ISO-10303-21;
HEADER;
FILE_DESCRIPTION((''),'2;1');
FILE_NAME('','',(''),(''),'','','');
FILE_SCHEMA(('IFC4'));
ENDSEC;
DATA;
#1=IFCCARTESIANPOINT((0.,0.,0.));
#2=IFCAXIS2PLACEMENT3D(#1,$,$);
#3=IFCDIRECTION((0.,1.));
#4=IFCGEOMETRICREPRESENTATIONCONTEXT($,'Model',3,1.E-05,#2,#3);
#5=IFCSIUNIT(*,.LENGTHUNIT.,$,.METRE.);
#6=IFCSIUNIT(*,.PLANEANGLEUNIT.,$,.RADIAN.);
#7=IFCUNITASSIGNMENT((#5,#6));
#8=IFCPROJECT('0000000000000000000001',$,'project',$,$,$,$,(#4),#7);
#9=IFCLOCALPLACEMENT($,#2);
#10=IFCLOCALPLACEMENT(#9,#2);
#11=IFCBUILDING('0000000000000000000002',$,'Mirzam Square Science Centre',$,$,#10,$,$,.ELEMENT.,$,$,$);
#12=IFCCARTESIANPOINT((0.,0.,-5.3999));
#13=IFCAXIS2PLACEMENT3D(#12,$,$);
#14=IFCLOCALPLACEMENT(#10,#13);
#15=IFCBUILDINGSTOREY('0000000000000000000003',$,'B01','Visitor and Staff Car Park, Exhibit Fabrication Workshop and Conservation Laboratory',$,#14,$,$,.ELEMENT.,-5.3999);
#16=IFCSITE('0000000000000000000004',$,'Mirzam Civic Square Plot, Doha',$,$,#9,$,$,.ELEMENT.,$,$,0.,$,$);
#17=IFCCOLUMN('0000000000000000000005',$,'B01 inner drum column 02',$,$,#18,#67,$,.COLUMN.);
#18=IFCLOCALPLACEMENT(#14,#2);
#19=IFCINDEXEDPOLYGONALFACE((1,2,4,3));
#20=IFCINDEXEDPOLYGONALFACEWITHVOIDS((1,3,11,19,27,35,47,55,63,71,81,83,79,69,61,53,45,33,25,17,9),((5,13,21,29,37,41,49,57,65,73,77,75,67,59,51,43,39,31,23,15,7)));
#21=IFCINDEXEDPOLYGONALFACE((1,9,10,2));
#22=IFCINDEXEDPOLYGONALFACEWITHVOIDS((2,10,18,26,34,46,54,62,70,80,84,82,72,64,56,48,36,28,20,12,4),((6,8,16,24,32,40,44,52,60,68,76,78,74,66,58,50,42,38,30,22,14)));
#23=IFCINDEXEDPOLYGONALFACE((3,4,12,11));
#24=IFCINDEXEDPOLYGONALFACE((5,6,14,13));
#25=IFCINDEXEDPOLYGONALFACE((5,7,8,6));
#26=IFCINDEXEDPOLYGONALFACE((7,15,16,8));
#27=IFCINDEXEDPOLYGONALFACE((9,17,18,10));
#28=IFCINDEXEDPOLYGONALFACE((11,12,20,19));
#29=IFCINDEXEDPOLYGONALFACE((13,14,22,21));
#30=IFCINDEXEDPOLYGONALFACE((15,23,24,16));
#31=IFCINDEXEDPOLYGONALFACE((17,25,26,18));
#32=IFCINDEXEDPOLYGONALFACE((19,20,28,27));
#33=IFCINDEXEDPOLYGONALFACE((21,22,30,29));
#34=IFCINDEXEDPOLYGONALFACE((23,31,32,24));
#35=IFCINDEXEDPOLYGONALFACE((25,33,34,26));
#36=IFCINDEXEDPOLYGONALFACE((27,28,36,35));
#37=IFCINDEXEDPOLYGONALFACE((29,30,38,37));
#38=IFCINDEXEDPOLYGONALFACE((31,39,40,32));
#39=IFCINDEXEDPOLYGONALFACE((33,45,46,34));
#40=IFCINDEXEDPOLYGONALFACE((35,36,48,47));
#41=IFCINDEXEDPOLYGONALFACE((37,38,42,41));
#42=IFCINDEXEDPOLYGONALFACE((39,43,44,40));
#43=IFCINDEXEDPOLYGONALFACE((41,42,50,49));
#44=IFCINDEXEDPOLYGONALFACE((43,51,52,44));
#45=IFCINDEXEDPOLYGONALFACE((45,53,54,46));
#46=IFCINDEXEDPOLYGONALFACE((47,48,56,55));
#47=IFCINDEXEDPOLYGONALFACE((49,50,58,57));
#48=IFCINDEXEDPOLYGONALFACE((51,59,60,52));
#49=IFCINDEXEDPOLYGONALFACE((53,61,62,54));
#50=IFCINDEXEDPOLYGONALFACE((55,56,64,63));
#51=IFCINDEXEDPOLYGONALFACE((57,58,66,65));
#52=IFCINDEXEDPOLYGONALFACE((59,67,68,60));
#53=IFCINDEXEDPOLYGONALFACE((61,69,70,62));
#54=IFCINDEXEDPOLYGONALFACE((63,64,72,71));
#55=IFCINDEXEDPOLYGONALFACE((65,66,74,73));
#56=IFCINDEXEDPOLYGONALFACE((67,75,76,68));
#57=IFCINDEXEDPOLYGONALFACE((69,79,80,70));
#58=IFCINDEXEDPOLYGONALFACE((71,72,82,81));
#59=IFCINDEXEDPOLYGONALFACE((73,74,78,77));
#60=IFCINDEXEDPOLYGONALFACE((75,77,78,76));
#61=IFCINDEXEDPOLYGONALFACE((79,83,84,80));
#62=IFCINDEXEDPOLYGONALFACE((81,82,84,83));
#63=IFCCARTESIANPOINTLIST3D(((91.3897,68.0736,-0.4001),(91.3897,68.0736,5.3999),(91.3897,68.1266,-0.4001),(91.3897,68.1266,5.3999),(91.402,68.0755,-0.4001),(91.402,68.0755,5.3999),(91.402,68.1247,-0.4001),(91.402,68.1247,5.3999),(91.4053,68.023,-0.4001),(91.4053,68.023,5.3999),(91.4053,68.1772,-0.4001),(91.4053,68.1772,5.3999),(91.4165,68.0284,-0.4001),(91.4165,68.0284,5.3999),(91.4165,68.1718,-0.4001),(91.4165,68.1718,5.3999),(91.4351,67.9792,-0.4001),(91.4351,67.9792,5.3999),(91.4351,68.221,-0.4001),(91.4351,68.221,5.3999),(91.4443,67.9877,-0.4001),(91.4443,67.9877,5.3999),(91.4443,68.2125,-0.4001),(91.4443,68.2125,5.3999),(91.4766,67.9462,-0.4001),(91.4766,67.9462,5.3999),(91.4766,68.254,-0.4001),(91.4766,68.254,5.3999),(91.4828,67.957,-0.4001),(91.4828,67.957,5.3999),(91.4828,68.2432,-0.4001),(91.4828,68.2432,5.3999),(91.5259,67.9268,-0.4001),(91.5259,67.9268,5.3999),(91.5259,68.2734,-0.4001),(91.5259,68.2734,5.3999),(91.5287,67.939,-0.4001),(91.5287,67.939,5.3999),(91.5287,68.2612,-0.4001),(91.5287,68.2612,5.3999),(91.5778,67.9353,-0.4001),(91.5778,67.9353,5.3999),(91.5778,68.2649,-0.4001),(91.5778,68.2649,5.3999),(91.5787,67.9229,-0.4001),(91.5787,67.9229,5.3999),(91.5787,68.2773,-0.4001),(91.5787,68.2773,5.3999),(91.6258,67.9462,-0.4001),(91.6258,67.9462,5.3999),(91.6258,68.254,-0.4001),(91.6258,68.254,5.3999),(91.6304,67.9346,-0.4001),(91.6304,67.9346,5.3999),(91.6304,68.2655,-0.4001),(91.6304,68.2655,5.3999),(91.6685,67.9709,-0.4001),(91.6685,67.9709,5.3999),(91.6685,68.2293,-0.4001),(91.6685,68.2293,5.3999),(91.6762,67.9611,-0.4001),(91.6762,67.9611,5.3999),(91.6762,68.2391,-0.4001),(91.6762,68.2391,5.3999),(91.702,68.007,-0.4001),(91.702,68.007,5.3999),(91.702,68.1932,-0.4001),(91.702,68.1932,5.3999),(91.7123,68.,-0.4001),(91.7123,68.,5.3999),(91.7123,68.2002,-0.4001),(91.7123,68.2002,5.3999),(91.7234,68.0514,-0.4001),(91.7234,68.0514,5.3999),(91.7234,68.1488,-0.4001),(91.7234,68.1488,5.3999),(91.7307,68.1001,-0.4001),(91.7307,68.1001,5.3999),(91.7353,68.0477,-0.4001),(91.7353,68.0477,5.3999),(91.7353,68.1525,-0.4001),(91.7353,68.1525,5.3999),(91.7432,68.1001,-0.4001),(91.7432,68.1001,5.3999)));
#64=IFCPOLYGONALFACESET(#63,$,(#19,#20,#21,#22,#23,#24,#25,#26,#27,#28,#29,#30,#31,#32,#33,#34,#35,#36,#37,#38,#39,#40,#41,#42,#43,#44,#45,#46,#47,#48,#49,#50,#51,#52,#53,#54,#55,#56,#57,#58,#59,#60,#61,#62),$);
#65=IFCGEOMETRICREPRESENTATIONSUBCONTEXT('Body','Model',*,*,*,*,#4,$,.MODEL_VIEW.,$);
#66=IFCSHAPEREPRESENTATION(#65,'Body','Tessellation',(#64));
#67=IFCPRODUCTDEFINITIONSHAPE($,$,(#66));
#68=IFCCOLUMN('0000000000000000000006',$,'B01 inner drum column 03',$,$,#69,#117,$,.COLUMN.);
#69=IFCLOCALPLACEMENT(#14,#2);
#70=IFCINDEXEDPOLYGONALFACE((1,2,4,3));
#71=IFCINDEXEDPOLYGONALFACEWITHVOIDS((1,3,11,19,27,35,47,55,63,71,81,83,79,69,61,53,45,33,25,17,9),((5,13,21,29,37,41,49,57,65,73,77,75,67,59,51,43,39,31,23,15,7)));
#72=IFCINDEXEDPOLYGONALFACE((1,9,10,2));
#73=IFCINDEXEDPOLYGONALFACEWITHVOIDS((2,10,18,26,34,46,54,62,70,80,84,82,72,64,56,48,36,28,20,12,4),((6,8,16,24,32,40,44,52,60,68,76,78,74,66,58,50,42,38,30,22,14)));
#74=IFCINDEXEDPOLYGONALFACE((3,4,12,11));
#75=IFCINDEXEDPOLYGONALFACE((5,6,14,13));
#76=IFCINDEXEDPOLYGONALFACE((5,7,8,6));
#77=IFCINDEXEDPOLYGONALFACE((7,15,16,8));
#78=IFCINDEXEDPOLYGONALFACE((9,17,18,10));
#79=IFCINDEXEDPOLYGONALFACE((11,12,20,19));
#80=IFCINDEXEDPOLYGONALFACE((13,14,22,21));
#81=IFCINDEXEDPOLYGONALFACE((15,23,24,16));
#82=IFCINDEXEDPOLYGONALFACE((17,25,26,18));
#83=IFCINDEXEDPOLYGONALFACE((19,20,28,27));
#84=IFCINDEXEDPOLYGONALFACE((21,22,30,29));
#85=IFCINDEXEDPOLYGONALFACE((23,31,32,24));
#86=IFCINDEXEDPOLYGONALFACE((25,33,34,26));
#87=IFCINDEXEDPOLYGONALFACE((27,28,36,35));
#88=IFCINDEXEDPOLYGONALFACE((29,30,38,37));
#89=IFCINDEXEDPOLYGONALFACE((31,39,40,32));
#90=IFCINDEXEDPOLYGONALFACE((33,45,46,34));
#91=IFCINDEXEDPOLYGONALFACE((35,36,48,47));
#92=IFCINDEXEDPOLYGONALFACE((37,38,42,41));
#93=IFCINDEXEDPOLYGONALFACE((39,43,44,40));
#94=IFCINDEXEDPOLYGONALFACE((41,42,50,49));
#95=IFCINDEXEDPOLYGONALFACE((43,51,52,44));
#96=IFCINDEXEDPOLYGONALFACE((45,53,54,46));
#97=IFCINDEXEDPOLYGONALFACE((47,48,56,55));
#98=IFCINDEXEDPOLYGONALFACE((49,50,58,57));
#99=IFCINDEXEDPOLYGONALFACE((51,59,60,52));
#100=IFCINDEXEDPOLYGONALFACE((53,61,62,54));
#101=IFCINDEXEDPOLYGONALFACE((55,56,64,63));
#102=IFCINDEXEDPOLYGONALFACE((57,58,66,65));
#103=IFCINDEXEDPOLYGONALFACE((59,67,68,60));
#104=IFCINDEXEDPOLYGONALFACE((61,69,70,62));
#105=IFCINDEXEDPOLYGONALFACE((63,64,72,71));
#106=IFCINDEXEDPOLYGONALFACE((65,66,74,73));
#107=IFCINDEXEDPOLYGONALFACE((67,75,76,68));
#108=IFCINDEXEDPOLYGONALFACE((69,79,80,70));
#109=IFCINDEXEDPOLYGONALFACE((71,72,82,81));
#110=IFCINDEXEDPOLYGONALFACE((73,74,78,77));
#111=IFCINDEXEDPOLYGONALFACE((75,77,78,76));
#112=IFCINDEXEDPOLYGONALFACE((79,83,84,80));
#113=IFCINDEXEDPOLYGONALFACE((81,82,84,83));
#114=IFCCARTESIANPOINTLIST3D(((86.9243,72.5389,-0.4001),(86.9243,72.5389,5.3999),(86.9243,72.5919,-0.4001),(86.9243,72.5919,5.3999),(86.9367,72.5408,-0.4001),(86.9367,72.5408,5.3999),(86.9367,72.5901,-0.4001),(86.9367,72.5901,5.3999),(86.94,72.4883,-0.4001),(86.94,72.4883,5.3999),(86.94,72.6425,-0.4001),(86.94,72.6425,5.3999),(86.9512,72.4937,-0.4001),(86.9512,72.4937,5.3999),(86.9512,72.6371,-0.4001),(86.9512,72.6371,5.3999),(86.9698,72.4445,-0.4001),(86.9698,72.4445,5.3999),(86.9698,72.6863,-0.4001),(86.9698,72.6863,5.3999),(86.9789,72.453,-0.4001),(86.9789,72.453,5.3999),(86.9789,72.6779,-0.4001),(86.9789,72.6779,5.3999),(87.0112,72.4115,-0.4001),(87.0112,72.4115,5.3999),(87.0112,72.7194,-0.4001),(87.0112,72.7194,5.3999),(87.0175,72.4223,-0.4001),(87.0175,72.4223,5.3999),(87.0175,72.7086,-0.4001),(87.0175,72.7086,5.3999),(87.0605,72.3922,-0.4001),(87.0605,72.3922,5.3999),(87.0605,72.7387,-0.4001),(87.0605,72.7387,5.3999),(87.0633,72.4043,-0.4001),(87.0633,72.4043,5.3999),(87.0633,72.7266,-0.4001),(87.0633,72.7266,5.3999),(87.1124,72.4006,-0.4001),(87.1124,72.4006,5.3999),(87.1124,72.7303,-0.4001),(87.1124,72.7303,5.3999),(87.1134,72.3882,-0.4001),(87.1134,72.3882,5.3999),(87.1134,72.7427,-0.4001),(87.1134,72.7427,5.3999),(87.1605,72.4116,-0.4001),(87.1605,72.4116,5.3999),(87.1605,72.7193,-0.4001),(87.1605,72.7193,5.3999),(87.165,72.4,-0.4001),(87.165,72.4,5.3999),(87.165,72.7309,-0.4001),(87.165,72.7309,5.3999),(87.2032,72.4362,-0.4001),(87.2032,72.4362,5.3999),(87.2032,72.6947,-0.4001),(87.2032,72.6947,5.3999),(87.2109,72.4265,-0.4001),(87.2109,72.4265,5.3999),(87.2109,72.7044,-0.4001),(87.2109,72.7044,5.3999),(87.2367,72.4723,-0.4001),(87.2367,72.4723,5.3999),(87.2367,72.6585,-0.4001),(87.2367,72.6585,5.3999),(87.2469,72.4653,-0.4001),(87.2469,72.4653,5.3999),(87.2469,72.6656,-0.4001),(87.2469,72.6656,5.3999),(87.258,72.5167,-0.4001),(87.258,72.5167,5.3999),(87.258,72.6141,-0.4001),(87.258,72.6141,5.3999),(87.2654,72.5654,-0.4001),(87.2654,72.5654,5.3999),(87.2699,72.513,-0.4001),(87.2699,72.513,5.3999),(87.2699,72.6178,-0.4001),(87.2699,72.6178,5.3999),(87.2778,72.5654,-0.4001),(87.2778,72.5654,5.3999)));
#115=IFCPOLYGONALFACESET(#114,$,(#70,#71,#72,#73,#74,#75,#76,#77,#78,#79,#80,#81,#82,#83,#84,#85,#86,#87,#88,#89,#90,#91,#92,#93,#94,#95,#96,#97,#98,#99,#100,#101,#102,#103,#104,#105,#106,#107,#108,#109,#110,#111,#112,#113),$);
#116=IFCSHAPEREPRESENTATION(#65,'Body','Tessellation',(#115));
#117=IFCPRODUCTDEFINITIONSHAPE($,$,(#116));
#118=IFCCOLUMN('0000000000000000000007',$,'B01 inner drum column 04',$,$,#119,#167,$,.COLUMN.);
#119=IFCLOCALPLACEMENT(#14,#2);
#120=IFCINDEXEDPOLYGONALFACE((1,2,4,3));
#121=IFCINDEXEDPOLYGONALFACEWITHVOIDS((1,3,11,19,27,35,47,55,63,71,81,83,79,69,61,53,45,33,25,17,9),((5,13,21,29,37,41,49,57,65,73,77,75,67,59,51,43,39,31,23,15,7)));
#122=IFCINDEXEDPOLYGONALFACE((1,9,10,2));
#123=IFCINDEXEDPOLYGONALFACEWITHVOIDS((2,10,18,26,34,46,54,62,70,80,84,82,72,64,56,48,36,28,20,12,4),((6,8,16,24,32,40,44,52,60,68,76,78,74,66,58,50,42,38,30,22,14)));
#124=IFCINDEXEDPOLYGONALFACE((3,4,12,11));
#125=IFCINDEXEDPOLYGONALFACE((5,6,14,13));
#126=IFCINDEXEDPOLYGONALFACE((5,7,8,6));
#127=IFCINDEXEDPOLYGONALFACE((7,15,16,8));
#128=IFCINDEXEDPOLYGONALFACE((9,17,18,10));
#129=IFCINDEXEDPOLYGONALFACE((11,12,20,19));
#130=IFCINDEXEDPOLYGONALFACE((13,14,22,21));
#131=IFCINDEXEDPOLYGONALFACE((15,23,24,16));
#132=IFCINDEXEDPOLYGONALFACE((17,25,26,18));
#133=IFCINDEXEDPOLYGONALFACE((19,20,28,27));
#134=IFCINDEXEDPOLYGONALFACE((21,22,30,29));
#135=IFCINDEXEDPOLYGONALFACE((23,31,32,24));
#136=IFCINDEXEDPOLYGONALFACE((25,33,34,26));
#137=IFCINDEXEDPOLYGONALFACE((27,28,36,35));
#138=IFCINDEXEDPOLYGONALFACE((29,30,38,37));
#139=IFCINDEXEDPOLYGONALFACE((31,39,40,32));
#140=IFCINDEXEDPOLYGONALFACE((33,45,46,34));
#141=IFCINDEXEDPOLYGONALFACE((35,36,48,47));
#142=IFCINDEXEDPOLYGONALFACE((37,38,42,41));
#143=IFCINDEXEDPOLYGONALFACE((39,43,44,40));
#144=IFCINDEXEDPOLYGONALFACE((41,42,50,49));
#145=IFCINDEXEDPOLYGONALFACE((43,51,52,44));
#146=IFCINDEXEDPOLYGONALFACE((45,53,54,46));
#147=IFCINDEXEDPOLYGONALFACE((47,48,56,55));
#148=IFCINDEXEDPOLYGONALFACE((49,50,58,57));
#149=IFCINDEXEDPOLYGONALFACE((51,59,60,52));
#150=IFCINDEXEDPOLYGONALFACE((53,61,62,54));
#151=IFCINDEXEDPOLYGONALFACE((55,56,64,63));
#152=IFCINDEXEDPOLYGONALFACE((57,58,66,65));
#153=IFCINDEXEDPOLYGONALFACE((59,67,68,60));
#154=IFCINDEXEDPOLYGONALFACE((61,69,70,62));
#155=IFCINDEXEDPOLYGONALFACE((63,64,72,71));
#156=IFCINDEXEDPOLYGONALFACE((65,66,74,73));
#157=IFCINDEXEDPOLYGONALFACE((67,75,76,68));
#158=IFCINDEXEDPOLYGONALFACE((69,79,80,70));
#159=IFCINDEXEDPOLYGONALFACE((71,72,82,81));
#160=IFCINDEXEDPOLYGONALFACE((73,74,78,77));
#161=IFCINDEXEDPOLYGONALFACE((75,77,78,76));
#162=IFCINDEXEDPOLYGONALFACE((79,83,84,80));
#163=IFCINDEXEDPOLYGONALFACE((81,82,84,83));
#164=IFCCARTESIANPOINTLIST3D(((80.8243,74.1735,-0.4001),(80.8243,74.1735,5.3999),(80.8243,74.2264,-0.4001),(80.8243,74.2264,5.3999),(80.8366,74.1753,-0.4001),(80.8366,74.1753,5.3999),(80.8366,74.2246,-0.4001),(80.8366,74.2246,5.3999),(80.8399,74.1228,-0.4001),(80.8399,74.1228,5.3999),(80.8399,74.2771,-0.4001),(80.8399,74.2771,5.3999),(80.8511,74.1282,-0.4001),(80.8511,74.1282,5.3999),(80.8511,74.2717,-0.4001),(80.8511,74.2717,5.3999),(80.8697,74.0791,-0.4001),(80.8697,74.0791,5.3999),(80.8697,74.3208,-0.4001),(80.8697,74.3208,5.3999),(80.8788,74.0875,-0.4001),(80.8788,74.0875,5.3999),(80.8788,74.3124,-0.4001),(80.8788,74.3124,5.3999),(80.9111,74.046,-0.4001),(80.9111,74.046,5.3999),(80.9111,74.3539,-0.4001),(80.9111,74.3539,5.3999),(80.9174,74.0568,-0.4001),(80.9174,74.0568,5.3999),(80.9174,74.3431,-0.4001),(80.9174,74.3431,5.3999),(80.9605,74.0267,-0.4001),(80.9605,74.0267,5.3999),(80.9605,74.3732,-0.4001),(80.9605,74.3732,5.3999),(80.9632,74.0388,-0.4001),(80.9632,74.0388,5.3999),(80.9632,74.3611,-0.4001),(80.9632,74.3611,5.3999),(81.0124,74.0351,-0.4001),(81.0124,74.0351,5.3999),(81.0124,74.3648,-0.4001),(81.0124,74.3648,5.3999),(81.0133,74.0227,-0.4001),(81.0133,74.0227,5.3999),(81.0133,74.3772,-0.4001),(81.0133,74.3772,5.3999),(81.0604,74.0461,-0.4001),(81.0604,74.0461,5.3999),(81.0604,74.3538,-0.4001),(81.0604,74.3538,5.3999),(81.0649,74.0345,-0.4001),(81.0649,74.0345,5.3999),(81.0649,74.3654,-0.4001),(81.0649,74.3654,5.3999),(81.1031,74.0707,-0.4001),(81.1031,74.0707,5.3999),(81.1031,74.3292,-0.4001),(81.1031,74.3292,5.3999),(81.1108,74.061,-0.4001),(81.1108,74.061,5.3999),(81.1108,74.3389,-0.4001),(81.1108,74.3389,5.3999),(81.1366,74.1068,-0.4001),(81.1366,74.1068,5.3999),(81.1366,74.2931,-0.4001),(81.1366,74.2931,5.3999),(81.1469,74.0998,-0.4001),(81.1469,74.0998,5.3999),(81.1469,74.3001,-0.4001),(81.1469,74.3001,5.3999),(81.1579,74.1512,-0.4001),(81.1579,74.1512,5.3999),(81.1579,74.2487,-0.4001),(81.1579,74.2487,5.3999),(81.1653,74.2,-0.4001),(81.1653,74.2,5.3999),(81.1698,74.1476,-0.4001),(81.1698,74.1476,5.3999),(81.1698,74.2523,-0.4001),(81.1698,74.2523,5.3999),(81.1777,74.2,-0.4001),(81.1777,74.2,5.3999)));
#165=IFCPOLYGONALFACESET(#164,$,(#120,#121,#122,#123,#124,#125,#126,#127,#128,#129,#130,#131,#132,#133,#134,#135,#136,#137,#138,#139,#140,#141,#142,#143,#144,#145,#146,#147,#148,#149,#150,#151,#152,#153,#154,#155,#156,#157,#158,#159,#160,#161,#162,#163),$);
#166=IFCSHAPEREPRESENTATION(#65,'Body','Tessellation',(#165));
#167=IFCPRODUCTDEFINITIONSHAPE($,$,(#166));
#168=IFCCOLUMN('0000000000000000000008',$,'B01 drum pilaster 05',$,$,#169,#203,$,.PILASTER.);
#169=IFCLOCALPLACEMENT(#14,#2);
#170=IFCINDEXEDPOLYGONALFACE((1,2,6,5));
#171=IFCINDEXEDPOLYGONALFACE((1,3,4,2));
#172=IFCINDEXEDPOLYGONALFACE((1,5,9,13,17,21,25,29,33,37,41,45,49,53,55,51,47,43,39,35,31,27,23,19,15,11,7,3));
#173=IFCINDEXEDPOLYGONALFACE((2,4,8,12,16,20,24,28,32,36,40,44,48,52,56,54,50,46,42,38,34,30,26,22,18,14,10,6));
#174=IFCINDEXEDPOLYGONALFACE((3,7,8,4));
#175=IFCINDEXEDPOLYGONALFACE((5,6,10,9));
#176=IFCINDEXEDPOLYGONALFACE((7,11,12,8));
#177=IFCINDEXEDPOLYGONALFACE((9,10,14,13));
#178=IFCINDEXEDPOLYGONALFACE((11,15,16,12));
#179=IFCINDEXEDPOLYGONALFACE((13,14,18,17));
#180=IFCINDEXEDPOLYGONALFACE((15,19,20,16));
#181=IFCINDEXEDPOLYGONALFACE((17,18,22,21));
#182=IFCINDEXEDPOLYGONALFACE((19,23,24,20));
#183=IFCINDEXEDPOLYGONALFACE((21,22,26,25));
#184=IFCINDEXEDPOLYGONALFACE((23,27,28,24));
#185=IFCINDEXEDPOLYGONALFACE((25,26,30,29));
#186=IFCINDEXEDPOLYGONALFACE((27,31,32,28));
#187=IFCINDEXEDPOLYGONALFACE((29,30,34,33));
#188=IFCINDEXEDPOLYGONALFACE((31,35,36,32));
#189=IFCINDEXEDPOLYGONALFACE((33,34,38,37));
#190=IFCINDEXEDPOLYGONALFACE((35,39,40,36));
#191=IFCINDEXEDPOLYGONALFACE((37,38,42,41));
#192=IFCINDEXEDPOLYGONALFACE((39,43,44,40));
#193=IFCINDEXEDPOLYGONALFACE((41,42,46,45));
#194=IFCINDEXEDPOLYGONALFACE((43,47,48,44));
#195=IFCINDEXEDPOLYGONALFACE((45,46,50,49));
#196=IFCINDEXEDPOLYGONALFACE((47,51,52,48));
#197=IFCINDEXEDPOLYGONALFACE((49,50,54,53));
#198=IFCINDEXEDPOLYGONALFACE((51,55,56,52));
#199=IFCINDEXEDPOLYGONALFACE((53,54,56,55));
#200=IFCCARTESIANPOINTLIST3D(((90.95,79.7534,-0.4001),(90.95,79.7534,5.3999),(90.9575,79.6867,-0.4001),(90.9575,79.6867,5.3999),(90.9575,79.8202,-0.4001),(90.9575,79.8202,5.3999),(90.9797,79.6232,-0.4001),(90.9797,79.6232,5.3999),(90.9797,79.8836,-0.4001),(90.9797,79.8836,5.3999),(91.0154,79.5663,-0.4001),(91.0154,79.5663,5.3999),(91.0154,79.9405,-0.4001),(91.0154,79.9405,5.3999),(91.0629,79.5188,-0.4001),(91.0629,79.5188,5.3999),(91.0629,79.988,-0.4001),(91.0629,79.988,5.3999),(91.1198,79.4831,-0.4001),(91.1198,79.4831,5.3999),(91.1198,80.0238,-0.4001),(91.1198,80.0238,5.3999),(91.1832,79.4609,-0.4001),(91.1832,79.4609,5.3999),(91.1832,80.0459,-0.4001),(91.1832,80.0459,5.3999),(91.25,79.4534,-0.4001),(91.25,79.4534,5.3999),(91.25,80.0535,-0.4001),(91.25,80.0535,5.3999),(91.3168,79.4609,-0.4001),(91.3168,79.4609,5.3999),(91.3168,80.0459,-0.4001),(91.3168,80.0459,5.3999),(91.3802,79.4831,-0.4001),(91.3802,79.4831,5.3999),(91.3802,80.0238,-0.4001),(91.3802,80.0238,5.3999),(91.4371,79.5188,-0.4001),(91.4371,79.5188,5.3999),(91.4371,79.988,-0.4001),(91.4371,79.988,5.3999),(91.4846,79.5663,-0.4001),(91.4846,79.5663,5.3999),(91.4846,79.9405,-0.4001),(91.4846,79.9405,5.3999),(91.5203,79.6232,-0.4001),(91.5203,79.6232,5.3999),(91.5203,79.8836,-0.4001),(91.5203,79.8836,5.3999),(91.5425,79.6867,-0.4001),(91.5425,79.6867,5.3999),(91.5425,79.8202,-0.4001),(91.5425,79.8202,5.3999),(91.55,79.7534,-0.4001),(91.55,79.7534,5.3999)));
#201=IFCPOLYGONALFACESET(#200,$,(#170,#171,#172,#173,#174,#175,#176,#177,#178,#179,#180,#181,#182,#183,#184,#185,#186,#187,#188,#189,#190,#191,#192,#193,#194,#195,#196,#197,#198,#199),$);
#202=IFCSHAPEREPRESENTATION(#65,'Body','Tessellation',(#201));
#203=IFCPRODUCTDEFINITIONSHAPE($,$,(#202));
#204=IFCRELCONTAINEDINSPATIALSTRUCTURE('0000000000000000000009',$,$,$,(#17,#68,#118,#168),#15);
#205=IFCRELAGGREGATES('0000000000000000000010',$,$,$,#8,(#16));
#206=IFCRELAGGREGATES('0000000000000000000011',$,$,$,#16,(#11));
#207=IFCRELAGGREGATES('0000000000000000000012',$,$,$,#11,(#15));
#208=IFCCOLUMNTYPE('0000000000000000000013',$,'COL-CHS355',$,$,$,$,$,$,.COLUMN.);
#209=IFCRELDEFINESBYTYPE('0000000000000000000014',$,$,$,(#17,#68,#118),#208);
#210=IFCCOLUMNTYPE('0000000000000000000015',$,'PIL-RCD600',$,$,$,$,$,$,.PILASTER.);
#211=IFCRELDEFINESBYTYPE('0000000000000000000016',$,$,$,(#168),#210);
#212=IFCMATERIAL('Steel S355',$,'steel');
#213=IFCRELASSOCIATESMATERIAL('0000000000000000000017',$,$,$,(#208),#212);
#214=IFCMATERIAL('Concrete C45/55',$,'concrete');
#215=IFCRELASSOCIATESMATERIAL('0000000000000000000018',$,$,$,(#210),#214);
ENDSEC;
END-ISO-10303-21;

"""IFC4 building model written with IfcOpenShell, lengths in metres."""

from ifc_helpers import new_model, si_unit, direction, frame, origin, origin_2d, place, context, subcontext, project, spatial, circle, hollow_circle, extrude, material, material_profile, profile_set, type_object, element, save


model = new_model("IFC4")

# Units and contexts
model_context = context("Model", 3, precision=1e-05, world=origin(), true_north=direction((0.0, 1.0)))
body_context = subcontext(model_context, "Body", "Model", "MODEL_VIEW")
ifc_project = project(units=[si_unit("LENGTHUNIT", "METRE"), si_unit("PLANEANGLEUNIT", "RADIAN")], contexts=[model_context])

# Site, building, storey
site_placement = place(None, origin())
site = spatial("IfcSite", under=ifc_project, at=site_placement, Name="Mirzam Civic Square Plot, Doha", CompositionType="ELEMENT", RefElevation=0.0)
building_placement = place(site_placement, origin())
building = spatial("IfcBuilding", under=site, at=building_placement, Name="Mirzam Square Science Centre", CompositionType="ELEMENT")
storey_placement = place(building_placement, frame((0.0, 0.0, -5.3999)))
storey = spatial("IfcBuildingStorey", under=building, at=storey_placement, Name="B01", Description="Visitor and Staff Car Park, Exhibit Fabrication Workshop and Conservation Laboratory", CompositionType="ELEMENT", Elevation=-5.3999)

# Shared definitions
ifc_material_1 = material(Name="Concrete C45/55", Category="concrete")

# Columns
ifc_material_2 = material(Name="Steel S355", Category="steel")
ifc_material_profile_1 = material_profile(ifc_material_2, hollow_circle(Radius=0.1777, WallThickness=0.0125, at=origin_2d()), Name="355.6x12.5CHS")
ifc_profile_set_1 = profile_set([ifc_material_profile_1], Name="Steel S355")
column_type_1 = type_object("IfcColumnType", Name="COL-CHS355", PredefinedType="COLUMN", material=ifc_profile_set_1)
for number, where, z_axis, x_axis, name in (
    (1, (91.5654, 68.1001, -0.4001), (0.0, 0.0, 1.0), (1.0, 0.0, 0.0), "B01 inner drum column 02"),
    (2, (87.1001, 72.5654, -0.4001), (0.0, 0.0, 1.0), (1.0, 0.0, 0.0), "B01 inner drum column 03"),
    (3, (81.0, 74.2, -0.4001), (0.0, 0.0, 1.0), (1.0, 0.0, 0.0), "B01 inner drum column 04"),
):
    element("IfcColumn", number, at=place(storey_placement, frame(where, z_axis=z_axis, x_axis=x_axis)), inside=storey, type_object=column_type_1, Name=name, PredefinedType="COLUMN", context=body_context, shape_type="SweptSolid", body=[
        extrude(hollow_circle(Radius=0.1777, WallThickness=0.0125, at=origin_2d()), origin(), (0.0, 0.0, 1.0), 5.8),
    ])
ifc_material_profile_2 = material_profile(ifc_material_1, circle(Radius=0.3, at=origin_2d()), Name="RCD600")
ifc_profile_set_2 = profile_set([ifc_material_profile_2], Name="Concrete C45/55")
column_type_2 = type_object("IfcColumnType", Name="PIL-RCD600", PredefinedType="PILASTER", material=ifc_profile_set_2)
column_1_placement = place(storey_placement, frame((91.25, 79.7534, -0.4001), z_axis=(0.0, 0.0, 1.0), x_axis=(1.0, 0.0, 0.0)))
element("IfcColumn", 4, at=column_1_placement, inside=storey, type_object=column_type_2, Name="B01 drum pilaster 05", PredefinedType="PILASTER", context=body_context, shape_type="SweptSolid", body=[
    extrude(circle(Radius=0.3, at=origin_2d()), origin(), (0.0, 0.0, 1.0), 5.8),
])

save(model, "model.ifc")
